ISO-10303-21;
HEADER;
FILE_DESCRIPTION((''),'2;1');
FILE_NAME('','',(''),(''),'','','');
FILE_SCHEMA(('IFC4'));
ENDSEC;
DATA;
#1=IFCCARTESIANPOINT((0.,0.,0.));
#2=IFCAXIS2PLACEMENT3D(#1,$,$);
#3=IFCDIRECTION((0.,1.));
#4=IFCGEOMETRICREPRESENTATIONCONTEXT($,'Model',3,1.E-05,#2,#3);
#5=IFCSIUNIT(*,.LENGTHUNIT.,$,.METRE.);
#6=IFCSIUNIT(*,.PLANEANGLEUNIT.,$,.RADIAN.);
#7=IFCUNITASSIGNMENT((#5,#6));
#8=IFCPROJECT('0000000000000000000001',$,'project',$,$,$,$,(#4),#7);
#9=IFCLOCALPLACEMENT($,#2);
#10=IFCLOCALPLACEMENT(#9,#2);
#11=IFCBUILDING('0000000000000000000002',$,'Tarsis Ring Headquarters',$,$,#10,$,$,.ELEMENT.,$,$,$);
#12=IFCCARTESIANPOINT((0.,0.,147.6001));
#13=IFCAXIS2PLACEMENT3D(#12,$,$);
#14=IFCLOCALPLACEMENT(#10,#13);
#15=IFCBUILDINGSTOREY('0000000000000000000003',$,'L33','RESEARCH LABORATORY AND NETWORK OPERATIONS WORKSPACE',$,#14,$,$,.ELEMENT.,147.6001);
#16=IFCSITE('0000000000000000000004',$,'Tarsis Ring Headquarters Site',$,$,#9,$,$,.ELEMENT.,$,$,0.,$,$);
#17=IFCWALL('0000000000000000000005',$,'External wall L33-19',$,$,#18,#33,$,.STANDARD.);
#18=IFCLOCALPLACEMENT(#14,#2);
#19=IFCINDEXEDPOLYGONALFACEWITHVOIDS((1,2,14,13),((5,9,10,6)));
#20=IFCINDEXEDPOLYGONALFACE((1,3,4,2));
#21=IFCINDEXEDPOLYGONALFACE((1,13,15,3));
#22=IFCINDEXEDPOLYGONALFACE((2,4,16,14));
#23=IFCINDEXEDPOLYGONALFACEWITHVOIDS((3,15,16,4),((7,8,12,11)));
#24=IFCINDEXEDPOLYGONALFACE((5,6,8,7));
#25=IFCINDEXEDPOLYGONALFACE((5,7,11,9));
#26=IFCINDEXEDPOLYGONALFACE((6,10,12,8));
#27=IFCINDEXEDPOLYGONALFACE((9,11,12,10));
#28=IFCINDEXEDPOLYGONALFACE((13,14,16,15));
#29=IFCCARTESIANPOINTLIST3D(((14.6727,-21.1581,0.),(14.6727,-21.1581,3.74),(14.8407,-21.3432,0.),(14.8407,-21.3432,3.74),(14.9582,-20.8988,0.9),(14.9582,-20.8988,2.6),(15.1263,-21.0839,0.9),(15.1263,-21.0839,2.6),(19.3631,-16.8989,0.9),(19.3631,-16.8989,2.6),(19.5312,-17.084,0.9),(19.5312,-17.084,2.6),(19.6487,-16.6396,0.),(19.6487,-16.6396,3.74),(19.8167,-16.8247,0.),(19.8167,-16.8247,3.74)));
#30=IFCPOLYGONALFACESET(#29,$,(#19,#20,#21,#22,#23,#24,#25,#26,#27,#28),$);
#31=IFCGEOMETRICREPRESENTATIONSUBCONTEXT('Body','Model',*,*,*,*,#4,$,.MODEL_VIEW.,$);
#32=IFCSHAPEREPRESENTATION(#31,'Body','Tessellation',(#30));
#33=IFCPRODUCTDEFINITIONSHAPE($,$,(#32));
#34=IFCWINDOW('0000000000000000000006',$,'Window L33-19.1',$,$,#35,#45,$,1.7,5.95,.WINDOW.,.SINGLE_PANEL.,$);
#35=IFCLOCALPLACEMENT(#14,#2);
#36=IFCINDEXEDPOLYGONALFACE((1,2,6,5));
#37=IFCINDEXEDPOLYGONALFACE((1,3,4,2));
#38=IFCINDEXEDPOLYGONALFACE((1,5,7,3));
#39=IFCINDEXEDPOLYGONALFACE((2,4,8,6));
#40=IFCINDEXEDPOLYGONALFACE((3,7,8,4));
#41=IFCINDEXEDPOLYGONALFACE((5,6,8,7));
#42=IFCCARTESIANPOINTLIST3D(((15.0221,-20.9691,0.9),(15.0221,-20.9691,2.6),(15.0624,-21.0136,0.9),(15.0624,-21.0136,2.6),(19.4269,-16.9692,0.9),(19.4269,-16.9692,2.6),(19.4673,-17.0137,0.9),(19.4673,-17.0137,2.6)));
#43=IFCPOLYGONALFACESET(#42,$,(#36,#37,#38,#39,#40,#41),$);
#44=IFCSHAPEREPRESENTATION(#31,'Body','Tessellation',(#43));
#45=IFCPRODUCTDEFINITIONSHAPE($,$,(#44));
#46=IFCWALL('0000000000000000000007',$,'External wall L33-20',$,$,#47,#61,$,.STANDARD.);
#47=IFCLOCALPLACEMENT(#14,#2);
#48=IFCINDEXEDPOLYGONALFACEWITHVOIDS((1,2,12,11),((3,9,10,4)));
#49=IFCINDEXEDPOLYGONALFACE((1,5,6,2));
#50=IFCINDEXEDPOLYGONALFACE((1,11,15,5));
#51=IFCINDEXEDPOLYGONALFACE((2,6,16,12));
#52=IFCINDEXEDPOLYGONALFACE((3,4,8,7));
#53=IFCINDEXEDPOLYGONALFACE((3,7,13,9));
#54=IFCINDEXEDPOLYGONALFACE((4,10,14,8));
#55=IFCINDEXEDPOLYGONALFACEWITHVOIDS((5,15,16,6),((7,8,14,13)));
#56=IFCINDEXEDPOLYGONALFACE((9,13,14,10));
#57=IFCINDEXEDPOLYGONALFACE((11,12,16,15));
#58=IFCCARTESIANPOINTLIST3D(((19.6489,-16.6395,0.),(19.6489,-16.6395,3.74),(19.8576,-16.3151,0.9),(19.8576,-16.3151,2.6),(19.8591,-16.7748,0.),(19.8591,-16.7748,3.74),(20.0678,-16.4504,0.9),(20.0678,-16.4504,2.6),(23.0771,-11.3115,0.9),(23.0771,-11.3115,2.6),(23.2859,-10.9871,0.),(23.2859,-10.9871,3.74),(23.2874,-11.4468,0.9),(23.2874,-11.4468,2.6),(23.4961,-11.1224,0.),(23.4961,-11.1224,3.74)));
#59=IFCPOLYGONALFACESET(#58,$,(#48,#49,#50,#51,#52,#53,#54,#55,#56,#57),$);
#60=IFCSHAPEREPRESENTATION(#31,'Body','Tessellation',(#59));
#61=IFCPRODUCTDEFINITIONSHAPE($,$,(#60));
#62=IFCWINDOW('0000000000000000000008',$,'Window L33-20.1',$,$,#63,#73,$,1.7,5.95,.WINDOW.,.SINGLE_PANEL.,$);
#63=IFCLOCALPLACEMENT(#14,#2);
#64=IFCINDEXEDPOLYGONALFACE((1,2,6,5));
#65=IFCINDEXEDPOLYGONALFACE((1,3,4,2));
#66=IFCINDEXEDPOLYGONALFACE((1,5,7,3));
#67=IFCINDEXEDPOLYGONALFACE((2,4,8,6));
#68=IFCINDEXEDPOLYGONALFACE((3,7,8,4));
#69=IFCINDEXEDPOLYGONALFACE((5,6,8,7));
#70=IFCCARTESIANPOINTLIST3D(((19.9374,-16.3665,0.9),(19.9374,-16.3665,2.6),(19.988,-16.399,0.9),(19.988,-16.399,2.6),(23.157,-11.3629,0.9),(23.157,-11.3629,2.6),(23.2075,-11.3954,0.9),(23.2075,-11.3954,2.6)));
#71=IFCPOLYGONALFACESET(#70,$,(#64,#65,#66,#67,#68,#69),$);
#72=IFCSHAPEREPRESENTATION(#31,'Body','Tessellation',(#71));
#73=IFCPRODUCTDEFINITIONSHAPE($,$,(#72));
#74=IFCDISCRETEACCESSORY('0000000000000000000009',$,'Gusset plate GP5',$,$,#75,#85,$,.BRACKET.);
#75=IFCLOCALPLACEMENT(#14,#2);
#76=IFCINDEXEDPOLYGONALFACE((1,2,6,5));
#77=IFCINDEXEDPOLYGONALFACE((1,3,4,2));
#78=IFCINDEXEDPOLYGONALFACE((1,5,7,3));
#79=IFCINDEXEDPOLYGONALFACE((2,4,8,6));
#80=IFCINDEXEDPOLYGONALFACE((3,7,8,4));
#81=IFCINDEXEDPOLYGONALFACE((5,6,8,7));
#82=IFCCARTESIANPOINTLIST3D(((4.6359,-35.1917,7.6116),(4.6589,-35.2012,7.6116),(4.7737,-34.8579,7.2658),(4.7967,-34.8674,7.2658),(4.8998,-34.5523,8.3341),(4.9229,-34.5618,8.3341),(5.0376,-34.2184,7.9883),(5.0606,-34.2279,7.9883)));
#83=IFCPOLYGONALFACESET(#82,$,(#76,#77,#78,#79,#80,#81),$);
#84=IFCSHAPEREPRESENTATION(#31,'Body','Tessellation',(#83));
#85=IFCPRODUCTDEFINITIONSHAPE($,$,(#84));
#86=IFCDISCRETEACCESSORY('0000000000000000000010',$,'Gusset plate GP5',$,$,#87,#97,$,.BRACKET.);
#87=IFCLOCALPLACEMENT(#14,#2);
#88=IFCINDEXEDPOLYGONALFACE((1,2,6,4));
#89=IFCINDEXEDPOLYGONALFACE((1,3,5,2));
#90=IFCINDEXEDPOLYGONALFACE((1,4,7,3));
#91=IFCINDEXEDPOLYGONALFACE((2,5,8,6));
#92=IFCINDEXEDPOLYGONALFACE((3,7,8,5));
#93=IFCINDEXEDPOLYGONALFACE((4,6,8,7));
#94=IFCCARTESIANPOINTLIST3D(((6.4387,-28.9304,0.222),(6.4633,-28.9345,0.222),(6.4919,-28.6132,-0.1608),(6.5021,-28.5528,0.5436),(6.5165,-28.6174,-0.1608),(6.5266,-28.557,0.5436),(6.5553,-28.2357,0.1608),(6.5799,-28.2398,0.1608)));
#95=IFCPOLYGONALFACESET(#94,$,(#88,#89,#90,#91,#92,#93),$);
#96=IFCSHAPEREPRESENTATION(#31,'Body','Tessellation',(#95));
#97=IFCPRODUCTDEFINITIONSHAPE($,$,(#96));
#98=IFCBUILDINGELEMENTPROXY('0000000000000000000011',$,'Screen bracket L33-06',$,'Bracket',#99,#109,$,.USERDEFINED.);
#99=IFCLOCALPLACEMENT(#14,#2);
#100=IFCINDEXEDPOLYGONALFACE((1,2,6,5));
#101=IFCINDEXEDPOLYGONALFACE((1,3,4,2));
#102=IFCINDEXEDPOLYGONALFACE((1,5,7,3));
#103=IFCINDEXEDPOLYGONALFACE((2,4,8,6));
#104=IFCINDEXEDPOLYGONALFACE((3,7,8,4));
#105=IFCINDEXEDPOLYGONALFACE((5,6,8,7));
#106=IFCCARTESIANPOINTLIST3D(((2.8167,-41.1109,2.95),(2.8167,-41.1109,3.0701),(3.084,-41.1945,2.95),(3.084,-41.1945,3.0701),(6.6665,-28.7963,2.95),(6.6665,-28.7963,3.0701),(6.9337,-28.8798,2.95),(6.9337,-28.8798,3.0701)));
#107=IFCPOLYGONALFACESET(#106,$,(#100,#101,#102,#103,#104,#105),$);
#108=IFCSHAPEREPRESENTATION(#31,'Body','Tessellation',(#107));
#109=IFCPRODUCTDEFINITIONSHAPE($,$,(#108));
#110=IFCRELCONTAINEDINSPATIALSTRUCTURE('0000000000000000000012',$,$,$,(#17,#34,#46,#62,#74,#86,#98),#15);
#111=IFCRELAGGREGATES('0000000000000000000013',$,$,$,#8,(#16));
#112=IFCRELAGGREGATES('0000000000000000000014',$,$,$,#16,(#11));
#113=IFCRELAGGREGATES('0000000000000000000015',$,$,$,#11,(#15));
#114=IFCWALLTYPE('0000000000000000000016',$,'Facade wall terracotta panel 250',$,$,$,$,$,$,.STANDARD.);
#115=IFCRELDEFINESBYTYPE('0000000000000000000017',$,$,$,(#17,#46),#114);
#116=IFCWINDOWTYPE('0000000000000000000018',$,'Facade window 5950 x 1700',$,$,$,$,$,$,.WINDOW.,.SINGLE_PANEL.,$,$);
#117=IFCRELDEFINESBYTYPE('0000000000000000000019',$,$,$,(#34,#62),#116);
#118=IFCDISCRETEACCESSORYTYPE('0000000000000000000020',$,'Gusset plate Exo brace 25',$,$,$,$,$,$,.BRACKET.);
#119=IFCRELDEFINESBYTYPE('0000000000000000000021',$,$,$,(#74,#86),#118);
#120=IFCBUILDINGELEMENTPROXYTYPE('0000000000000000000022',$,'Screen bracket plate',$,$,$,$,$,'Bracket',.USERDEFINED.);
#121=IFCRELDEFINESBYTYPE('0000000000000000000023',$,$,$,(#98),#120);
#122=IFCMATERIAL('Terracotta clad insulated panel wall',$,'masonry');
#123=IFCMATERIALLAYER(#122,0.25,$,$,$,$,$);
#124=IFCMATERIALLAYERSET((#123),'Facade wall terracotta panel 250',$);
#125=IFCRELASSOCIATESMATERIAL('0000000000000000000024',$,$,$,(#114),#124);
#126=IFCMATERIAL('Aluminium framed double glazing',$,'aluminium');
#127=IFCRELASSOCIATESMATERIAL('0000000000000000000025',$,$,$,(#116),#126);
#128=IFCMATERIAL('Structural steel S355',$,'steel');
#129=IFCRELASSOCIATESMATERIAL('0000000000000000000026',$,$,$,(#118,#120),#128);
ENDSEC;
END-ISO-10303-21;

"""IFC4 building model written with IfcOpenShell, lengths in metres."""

from ifc_helpers import new_model, si_unit, direction, frame, frame_2d, origin, origin_2d, place, context, subcontext, project, spatial, rectangle, extrude, material, layer, layer_set, material_profile, profile_set, type_object, element, fill, save


model = new_model("IFC4")

# Units and contexts
model_context = context("Model", 3, precision=1e-05, world=origin(), true_north=direction((0.0, 1.0)))
body_context = subcontext(model_context, "Body", "Model", "MODEL_VIEW")
ifc_project = project(units=[si_unit("LENGTHUNIT", "METRE"), si_unit("PLANEANGLEUNIT", "RADIAN")], contexts=[model_context])

# Site, building, storey
site_placement = place(None, origin())
site = spatial("IfcSite", under=ifc_project, at=site_placement, Name="Tarsis Ring Headquarters Site", CompositionType="ELEMENT", RefElevation=0.0)
building_placement = place(site_placement, origin())
building = spatial("IfcBuilding", under=site, at=building_placement, Name="Tarsis Ring Headquarters", CompositionType="ELEMENT")
storey_placement = place(building_placement, frame((0.0, 0.0, 147.6001)))
storey = spatial("IfcBuildingStorey", under=building, at=storey_placement, Name="L33", Description="RESEARCH LABORATORY AND NETWORK OPERATIONS WORKSPACE", CompositionType="ELEMENT", Elevation=147.6001)

# Shared definitions
ifc_material_1 = material(Name="Structural steel S355", Category="steel")

# Walls, openings, windows
ifc_material_2 = material(Name="Terracotta clad insulated panel wall", Category="masonry")
ifc_layer_1 = layer(ifc_material_2, 0.25)
ifc_layer_set_1 = layer_set([ifc_layer_1], Name="Facade wall terracotta panel 250")
wall_type_1 = type_object("IfcWallType", Name="Facade wall terracotta panel 250", PredefinedType="STANDARD", material=ifc_layer_set_1)
ifc_material_3 = material(Name="Aluminium framed double glazing", Category="aluminium")
window_type_1 = type_object("IfcWindowType", Name="Facade window 5950 x 1700", PartitioningType="SINGLE_PANEL", PredefinedType="WINDOW", material=ifc_material_3)
wall_1_placement = place(storey_placement, frame((14.7566, -21.2507, 0.0), z_axis=(0.0, 0.0, 1.0), x_axis=(0.740321, 0.672253, 0.0)))
wall_1 = element("IfcWall", 1, at=wall_1_placement, inside=storey, type_object=wall_type_1, Name="External wall L33-19", PredefinedType="STANDARD", context=body_context, shape_type="SweptSolid", body=[
    extrude(rectangle(XDim=6.7214, YDim=0.25, at=frame_2d((3.3608, 0.0))), origin(), (0.0, 0.0, 1.0), 3.74),
])
opening_1_placement = place(wall_1_placement, frame((0.3857, 0.0, 0.8999)))
opening_1 = element("IfcOpeningElement", 2, at=opening_1_placement, cuts=wall_1, PredefinedType="OPENING", context=body_context, shape_type="SweptSolid", body=[
    extrude(rectangle(XDim=5.95, YDim=1.7, at=frame_2d((2.9751, 0.8501))), frame((0.0, 0.135, 0.0), z_axis=(0.0, -1.0, 0.0), x_axis=(1.0, 0.0, 0.0)), (0.0, 0.0, 1.0), 0.27),
])
window_1_placement = place(opening_1_placement, origin())
window_1 = element("IfcWindow", 3, at=window_1_placement, inside=storey, type_object=window_type_1, Name="Window L33-19.1", OverallHeight=1.7, OverallWidth=5.95, PartitioningType="SINGLE_PANEL", PredefinedType="WINDOW", context=body_context, shape_type="SweptSolid", body=[
    extrude(rectangle(XDim=5.95, YDim=1.7, at=frame_2d((2.9751, 0.8501))), frame((0.0, 0.03, 0.0), z_axis=(0.0, -1.0, 0.0), x_axis=(1.0, 0.0, 0.0)), (0.0, 0.0, 1.0), 0.0601),
])
fill(opening_1, window_1)
wall_2_placement = place(storey_placement, frame((19.7539, -16.7073, 0.0), z_axis=(0.0, 0.0, 1.0), x_axis=(0.541106, 0.840954, 0.0)))
wall_2 = element("IfcWall", 4, at=wall_2_placement, inside=storey, type_object=wall_type_1, Name="External wall L33-20", PredefinedType="STANDARD", context=body_context, shape_type="SweptSolid", body=[
    extrude(rectangle(XDim=6.7214, YDim=0.25, at=frame_2d((3.3608, 0.0))), origin(), (0.0, 0.0, 1.0), 3.74),
])
opening_2_placement = place(wall_2_placement, frame((0.3857, 0.0, 0.8999)))
opening_2 = element("IfcOpeningElement", 5, at=opening_2_placement, cuts=wall_2, PredefinedType="OPENING", context=body_context, shape_type="SweptSolid", body=[
    extrude(rectangle(XDim=5.95, YDim=1.7, at=frame_2d((2.9751, 0.8501))), frame((0.0, 0.135, 0.0), z_axis=(0.0, -1.0, 0.0), x_axis=(1.0, 0.0, 0.0)), (0.0, 0.0, 1.0), 0.27),
])
window_2_placement = place(opening_2_placement, origin())
window_2 = element("IfcWindow", 6, at=window_2_placement, inside=storey, type_object=window_type_1, Name="Window L33-20.1", OverallHeight=1.7, OverallWidth=5.95, PartitioningType="SINGLE_PANEL", PredefinedType="WINDOW", context=body_context, shape_type="SweptSolid", body=[
    extrude(rectangle(XDim=5.95, YDim=1.7, at=frame_2d((2.9751, 0.8501))), frame((0.0, 0.03, 0.0), z_axis=(0.0, -1.0, 0.0), x_axis=(1.0, 0.0, 0.0)), (0.0, 0.0, 1.0), 0.0601),
])
fill(opening_2, window_2)

# Discrete accessories
ifc_material_profile_1 = material_profile(ifc_material_1, rectangle(XDim=0.0249, YDim=0.5, at=origin_2d()), Name="PL 25x500")
ifc_profile_set_1 = profile_set([ifc_material_profile_1], Name="Structural steel S355")
discrete_accessory_type = type_object("IfcDiscreteAccessoryType", Name="Gusset plate Exo brace 25", PredefinedType="BRACKET", material=ifc_profile_set_1)
discrete_accessory_1_placement = place(storey_placement, frame((4.7163, -35.0295, 7.4387), z_axis=(0.263867, 0.639286, 0.722279), x_axis=(-0.924356, 0.381531, 0.0)))
element("IfcDiscreteAccessory", 7, at=discrete_accessory_1_placement, inside=storey, type_object=discrete_accessory_type, Name="Gusset plate GP5", PredefinedType="BRACKET", context=body_context, shape_type="SweptSolid", body=[
    extrude(rectangle(XDim=0.0249, YDim=0.5, at=origin_2d()), origin(), (0.0, 0.0, 1.0), 1.0002),
])
discrete_accessory_2_placement = place(storey_placement, frame((6.5359, -28.4265, 0.0), z_axis=(-0.106455, -0.634334, 0.765694), x_axis=(0.986209, -0.165507, 0.0)))
element("IfcDiscreteAccessory", 8, at=discrete_accessory_2_placement, inside=storey, type_object=discrete_accessory_type, Name="Gusset plate GP5", PredefinedType="BRACKET", context=body_context, shape_type="SweptSolid", body=[
    extrude(rectangle(XDim=0.0249, YDim=0.5, at=origin_2d()), origin(), (0.0, 0.0, 1.0), 0.5),
])

# Building element proxy
building_element_proxy_type = type_object("IfcBuildingElementProxyType", Name="Screen bracket plate", ElementType="Bracket", PredefinedType="USERDEFINED", material=ifc_material_1)
proxy_placement = place(storey_placement, frame((4.8752, -34.9954, 2.95), z_axis=(0.0, 0.0, 1.0), x_axis=(0.298375, 0.954449, 0.0)))
element("IfcBuildingElementProxy", 9, at=proxy_placement, inside=storey, type_object=building_element_proxy_type, Name="Screen bracket L33-06", ObjectType="Bracket", PredefinedType="USERDEFINED", context=body_context, shape_type="SweptSolid", body=[
    extrude(rectangle(XDim=12.9023, YDim=0.28, at=origin_2d()), origin(), (0.0, 0.0, 1.0), 0.1201),
])

save(model, "model.ifc")
